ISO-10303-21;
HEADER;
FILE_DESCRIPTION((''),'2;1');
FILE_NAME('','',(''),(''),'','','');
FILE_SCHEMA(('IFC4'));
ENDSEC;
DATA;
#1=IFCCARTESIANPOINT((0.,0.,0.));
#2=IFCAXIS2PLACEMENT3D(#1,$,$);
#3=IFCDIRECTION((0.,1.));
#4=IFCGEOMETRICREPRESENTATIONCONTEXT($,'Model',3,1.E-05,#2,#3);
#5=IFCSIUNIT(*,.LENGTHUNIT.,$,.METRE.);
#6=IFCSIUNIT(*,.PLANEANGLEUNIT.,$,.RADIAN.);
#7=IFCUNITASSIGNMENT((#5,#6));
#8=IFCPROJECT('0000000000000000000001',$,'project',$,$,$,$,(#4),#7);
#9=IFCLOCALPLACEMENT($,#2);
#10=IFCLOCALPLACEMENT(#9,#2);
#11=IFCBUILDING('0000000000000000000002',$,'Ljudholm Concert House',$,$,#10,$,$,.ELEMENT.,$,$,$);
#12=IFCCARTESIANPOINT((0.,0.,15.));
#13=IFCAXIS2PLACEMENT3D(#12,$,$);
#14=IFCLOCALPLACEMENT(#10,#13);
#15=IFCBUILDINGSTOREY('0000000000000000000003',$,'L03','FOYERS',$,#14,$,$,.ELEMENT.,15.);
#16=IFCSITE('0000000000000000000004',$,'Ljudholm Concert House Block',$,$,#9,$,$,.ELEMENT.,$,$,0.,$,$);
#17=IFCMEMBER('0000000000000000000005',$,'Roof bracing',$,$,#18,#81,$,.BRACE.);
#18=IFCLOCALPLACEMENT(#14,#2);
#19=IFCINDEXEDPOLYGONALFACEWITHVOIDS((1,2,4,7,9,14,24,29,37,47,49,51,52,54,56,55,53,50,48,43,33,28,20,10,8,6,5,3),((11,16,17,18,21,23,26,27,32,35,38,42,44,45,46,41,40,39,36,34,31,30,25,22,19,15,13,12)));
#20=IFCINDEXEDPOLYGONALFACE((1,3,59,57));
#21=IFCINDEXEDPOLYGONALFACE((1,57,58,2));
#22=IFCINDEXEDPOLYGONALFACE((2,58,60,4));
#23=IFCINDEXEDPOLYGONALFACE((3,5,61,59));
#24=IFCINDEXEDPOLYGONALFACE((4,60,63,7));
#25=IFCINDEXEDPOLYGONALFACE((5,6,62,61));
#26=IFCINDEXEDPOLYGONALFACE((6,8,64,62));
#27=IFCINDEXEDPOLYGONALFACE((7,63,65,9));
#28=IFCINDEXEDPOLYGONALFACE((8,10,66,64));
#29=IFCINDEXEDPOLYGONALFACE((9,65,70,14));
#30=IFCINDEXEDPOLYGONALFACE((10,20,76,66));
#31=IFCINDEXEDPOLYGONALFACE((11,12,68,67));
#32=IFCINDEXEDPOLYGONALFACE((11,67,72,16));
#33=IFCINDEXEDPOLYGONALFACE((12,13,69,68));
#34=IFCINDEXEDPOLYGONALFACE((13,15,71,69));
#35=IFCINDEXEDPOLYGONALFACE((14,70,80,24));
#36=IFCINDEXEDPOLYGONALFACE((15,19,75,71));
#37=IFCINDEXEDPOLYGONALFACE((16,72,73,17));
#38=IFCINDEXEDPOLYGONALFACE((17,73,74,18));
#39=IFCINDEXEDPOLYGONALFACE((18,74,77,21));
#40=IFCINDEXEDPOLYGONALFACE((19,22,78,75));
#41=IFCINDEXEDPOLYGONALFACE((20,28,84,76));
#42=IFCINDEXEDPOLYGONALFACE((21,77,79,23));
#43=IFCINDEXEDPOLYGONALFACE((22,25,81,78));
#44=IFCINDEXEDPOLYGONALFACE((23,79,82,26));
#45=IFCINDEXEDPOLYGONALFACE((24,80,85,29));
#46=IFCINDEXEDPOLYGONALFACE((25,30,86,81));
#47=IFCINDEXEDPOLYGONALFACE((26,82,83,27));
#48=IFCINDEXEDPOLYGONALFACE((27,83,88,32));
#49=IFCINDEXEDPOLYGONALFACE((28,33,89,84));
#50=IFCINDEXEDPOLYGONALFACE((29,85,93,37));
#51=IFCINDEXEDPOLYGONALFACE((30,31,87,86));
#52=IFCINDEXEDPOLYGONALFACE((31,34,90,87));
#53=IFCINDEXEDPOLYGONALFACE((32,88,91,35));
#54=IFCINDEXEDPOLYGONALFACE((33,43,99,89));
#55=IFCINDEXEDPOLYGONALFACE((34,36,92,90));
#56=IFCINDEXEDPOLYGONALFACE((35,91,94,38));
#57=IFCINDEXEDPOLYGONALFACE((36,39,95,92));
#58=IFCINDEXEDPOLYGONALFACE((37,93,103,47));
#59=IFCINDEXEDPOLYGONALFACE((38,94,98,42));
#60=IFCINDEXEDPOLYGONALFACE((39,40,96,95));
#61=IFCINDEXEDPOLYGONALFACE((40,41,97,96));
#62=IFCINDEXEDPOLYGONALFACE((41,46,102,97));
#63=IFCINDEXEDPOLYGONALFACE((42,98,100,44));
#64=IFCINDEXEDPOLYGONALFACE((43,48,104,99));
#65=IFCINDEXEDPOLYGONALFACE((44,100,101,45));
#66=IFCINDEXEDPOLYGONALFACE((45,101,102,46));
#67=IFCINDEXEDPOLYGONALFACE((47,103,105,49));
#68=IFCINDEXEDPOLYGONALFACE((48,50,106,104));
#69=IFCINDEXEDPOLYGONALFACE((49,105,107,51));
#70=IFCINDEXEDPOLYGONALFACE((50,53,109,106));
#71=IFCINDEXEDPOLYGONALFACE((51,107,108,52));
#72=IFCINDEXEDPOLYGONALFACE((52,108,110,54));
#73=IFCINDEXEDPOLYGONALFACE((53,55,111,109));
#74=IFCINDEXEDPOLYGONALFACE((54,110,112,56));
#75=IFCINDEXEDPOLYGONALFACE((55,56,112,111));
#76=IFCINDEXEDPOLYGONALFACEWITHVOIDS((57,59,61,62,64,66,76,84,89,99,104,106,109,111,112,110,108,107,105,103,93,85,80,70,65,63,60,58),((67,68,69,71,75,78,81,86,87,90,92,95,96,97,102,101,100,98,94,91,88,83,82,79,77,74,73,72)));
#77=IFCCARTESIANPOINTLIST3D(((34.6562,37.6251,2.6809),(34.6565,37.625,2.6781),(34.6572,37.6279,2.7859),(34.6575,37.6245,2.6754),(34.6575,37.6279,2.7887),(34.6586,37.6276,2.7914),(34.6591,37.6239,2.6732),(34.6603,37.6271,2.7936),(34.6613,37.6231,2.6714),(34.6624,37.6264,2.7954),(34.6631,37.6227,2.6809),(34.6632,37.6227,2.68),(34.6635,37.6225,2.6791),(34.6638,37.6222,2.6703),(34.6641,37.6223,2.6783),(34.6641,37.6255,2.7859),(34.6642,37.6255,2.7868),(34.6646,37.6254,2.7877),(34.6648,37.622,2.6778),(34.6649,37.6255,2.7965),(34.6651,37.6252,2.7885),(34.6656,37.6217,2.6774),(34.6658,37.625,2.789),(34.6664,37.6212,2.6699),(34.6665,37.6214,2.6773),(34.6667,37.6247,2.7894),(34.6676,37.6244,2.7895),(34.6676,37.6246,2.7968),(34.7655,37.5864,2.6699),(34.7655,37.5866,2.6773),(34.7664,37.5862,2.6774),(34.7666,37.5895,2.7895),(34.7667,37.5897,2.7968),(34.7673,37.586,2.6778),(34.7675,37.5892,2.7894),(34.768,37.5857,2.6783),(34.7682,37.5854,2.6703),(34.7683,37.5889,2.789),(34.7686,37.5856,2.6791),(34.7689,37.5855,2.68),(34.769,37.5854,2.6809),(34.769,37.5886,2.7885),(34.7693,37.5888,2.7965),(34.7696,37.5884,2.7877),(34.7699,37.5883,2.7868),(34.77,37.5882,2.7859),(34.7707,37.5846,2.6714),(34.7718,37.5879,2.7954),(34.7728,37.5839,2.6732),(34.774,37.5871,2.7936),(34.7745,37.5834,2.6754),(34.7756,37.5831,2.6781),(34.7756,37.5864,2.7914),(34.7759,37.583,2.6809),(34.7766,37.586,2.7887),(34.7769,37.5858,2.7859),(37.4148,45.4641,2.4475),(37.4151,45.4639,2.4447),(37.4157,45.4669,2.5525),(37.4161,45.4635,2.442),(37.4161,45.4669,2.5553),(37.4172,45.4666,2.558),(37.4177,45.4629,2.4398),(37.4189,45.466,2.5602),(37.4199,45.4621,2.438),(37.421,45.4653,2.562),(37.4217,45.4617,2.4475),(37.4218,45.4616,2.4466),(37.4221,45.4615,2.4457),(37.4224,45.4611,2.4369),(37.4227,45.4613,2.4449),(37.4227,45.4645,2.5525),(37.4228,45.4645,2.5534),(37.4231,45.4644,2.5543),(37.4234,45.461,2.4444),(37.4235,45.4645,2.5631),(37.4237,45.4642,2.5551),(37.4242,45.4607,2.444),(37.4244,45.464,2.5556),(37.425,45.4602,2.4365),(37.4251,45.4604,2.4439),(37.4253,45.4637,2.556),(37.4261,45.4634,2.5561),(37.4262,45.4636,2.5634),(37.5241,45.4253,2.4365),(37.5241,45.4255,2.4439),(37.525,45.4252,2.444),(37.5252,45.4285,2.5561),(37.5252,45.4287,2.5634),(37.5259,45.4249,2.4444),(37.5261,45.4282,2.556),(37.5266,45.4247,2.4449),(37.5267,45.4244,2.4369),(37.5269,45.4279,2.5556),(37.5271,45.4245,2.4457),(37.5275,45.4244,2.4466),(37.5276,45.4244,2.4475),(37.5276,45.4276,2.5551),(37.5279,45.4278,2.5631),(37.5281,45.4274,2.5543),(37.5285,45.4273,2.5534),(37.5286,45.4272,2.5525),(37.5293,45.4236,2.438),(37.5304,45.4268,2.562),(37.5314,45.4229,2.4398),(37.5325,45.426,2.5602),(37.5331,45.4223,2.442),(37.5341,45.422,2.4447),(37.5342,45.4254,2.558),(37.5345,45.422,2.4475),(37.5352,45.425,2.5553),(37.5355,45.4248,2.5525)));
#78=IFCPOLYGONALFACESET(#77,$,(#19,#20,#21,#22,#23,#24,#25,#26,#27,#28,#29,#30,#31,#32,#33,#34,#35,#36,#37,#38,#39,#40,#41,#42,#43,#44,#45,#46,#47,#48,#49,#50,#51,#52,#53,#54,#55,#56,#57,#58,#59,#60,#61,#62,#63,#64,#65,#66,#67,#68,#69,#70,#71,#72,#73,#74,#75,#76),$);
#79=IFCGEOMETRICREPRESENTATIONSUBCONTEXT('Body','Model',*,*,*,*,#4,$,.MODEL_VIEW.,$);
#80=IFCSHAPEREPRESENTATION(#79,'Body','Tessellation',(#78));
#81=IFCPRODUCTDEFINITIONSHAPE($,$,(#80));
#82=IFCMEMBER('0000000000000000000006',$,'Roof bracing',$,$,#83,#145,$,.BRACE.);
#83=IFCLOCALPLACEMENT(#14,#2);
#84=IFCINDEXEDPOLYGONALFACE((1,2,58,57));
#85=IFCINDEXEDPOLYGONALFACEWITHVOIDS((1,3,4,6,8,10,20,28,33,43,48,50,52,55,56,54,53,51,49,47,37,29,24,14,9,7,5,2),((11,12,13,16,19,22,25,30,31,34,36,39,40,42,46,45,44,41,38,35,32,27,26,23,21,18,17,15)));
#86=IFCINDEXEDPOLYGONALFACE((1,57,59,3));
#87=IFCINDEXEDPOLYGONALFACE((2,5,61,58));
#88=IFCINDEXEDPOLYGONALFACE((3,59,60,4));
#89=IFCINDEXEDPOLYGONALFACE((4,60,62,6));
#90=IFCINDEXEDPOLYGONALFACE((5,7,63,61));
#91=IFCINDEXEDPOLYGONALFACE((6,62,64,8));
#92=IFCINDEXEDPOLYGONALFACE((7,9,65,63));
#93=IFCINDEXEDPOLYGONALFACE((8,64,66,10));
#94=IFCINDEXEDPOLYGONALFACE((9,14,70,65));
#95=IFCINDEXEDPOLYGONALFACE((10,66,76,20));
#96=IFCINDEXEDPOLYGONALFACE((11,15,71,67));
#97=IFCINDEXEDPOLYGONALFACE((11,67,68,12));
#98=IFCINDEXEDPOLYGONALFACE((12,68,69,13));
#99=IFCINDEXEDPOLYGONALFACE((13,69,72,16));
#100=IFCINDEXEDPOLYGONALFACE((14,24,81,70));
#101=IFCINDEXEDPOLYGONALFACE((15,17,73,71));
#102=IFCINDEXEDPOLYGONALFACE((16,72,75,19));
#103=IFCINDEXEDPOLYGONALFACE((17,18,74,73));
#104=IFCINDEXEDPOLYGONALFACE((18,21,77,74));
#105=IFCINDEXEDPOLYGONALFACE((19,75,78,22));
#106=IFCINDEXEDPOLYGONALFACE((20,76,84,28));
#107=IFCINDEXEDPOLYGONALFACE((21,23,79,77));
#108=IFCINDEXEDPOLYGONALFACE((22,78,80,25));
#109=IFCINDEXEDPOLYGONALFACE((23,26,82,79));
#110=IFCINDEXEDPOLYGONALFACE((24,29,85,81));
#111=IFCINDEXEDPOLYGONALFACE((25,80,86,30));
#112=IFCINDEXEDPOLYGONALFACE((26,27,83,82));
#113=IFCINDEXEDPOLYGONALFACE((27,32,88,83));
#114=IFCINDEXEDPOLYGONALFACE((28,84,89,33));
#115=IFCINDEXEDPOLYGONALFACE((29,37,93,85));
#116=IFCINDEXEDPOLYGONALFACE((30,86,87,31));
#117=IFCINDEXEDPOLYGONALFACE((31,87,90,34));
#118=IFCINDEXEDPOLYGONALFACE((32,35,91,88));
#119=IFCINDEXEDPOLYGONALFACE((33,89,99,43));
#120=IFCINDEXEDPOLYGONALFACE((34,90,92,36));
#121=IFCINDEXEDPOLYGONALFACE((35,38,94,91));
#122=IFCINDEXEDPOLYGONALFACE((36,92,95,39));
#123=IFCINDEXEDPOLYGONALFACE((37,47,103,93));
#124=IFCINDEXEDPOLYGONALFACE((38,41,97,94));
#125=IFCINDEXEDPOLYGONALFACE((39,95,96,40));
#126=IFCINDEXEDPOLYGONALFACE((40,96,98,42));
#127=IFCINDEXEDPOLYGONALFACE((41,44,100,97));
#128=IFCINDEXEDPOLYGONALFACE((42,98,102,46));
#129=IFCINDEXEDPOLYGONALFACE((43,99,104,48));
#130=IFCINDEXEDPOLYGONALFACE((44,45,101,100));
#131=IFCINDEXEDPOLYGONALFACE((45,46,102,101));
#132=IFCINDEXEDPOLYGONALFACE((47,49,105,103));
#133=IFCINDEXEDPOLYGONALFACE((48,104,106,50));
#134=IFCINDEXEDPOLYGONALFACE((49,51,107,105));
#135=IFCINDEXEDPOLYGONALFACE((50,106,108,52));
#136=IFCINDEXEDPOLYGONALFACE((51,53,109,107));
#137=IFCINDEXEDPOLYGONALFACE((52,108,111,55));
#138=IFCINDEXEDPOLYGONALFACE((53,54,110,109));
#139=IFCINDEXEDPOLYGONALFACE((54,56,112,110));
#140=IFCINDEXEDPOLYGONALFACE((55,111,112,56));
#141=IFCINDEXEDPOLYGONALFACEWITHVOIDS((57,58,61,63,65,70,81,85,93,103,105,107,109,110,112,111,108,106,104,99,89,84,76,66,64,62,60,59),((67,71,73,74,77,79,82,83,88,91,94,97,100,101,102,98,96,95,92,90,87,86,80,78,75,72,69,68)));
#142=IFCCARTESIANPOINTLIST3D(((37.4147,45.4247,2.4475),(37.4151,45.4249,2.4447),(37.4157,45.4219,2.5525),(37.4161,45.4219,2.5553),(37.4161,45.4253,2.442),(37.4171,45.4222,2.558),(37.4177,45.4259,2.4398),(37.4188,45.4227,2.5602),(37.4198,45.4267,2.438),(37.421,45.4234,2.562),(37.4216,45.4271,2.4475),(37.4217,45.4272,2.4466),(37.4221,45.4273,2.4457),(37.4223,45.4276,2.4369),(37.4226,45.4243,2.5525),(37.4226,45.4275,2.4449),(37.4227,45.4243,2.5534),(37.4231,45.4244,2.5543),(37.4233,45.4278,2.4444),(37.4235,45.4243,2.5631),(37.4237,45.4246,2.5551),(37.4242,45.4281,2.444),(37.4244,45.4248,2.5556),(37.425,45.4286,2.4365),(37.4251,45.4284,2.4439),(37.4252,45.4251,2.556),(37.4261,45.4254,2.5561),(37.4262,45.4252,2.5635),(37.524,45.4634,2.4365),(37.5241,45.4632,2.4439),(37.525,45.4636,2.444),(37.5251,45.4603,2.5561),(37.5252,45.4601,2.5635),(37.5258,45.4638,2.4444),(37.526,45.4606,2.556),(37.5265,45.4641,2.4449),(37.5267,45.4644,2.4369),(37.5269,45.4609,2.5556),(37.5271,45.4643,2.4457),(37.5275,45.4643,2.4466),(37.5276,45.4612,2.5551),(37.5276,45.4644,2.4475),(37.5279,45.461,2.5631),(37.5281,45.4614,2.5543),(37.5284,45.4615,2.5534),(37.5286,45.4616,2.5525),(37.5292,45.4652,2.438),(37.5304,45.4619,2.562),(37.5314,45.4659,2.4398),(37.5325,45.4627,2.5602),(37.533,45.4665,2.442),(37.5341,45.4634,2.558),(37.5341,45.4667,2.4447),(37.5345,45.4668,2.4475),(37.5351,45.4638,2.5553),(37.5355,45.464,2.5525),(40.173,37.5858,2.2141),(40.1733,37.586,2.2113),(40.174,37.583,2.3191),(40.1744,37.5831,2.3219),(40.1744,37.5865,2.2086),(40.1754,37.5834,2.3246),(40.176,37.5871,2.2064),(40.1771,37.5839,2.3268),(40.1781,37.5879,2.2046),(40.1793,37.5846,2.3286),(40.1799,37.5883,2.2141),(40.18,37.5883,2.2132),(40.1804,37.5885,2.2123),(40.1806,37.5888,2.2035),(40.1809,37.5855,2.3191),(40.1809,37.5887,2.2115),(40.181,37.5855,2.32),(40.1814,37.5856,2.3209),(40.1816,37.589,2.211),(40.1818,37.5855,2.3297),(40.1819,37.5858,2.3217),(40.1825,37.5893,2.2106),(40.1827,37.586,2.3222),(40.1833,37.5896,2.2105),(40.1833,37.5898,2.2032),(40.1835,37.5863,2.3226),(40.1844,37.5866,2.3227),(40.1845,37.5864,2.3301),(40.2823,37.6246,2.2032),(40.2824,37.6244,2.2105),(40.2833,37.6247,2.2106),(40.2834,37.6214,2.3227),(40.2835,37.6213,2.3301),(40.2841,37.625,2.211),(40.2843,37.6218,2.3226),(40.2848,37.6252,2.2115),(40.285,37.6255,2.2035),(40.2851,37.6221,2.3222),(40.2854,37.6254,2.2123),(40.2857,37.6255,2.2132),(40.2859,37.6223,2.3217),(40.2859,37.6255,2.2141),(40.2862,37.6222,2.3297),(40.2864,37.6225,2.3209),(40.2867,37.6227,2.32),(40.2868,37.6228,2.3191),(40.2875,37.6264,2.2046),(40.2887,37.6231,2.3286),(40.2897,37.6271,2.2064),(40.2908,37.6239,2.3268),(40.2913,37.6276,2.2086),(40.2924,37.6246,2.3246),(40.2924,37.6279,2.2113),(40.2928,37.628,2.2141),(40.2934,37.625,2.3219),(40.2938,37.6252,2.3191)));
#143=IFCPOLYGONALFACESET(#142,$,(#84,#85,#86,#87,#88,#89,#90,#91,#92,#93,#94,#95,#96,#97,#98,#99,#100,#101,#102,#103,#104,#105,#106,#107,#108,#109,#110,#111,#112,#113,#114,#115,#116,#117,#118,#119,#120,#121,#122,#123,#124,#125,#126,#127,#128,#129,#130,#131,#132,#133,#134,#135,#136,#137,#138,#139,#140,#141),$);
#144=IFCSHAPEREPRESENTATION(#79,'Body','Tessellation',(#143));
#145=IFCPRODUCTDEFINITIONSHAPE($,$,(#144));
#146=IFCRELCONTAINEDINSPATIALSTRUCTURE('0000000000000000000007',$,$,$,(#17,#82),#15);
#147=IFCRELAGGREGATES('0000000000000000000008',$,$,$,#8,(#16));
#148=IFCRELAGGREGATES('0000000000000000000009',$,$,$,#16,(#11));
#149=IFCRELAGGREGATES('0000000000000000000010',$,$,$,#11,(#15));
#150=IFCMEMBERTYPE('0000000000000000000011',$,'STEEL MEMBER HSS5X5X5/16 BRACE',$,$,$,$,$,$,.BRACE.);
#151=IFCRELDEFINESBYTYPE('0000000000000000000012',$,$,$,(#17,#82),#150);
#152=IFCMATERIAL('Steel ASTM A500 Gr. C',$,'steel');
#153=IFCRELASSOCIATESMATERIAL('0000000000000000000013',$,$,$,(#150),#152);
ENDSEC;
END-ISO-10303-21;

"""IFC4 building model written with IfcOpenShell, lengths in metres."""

from ifc_helpers import new_model, si_unit, direction, frame, origin, origin_2d, place, context, subcontext, project, spatial, hollow_rectangle, extrude, material, material_profile, profile_set, type_object, element, save


model = new_model("IFC4")

# Units and contexts
model_context = context("Model", 3, precision=1e-05, world=origin(), true_north=direction((0.0, 1.0)))
body_context = subcontext(model_context, "Body", "Model", "MODEL_VIEW")
ifc_project = project(units=[si_unit("LENGTHUNIT", "METRE"), si_unit("PLANEANGLEUNIT", "RADIAN")], contexts=[model_context])

# Site, building, storey
site_placement = place(None, origin())
site = spatial("IfcSite", under=ifc_project, at=site_placement, Name="Ljudholm Concert House Block", CompositionType="ELEMENT", RefElevation=0.0)
building_placement = place(site_placement, origin())
building = spatial("IfcBuilding", under=site, at=building_placement, Name="Ljudholm Concert House", CompositionType="ELEMENT")
storey_placement = place(building_placement, frame((0.0, 0.0, 15.0)))
storey = spatial("IfcBuildingStorey", under=building, at=storey_placement, Name="L03", Description="FOYERS", CompositionType="ELEMENT", Elevation=15.0)

# Members
ifc_material_1 = material(Name="Steel ASTM A500 Gr. C", Category="steel")
ifc_material_profile_1 = material_profile(ifc_material_1, hollow_rectangle(XDim=0.127, YDim=0.127, WallThickness=0.0073, InnerFilletRadius=0.0037, OuterFilletRadius=0.011, at=origin_2d()), Name="HSS5X5X5/16")
ifc_profile_set_1 = profile_set([ifc_material_profile_1], Name="Steel ASTM A500 Gr. C")
member_type_1 = type_object("IfcMemberType", Name="STEEL MEMBER HSS5X5X5/16 BRACE", PredefinedType="BRACE", material=ifc_profile_set_1)
member_1_placement = place(storey_placement, frame((34.7166, 37.6055, 2.7334), z_axis=(0.331821, 0.942925, -0.028075), x_axis=(-0.943296, 0.331952, 0.0)))
element("IfcMember", 1, at=member_1_placement, inside=storey, type_object=member_type_1, Name="Roof bracing", PredefinedType="BRACE", context=body_context, shape_type="SweptSolid", body=[
    extrude(hollow_rectangle(XDim=0.127, YDim=0.127, WallThickness=0.0073, InnerFilletRadius=0.0037, OuterFilletRadius=0.011, at=origin_2d()), origin(), (0.0, 0.0, 1.0), 8.3135),
])
member_2_placement = place(storey_placement, frame((37.4751, 45.4443, 2.5), z_axis=(0.331795, -0.942934, -0.028075), x_axis=(0.943306, 0.331926, 0.0)))
element("IfcMember", 2, at=member_2_placement, inside=storey, type_object=member_type_1, Name="Roof bracing", PredefinedType="BRACE", context=body_context, shape_type="SweptSolid", body=[
    extrude(hollow_rectangle(XDim=0.127, YDim=0.127, WallThickness=0.0073, InnerFilletRadius=0.0037, OuterFilletRadius=0.011, at=origin_2d()), origin(), (0.0, 0.0, 1.0), 8.3132),
])

save(model, "model.ifc")
